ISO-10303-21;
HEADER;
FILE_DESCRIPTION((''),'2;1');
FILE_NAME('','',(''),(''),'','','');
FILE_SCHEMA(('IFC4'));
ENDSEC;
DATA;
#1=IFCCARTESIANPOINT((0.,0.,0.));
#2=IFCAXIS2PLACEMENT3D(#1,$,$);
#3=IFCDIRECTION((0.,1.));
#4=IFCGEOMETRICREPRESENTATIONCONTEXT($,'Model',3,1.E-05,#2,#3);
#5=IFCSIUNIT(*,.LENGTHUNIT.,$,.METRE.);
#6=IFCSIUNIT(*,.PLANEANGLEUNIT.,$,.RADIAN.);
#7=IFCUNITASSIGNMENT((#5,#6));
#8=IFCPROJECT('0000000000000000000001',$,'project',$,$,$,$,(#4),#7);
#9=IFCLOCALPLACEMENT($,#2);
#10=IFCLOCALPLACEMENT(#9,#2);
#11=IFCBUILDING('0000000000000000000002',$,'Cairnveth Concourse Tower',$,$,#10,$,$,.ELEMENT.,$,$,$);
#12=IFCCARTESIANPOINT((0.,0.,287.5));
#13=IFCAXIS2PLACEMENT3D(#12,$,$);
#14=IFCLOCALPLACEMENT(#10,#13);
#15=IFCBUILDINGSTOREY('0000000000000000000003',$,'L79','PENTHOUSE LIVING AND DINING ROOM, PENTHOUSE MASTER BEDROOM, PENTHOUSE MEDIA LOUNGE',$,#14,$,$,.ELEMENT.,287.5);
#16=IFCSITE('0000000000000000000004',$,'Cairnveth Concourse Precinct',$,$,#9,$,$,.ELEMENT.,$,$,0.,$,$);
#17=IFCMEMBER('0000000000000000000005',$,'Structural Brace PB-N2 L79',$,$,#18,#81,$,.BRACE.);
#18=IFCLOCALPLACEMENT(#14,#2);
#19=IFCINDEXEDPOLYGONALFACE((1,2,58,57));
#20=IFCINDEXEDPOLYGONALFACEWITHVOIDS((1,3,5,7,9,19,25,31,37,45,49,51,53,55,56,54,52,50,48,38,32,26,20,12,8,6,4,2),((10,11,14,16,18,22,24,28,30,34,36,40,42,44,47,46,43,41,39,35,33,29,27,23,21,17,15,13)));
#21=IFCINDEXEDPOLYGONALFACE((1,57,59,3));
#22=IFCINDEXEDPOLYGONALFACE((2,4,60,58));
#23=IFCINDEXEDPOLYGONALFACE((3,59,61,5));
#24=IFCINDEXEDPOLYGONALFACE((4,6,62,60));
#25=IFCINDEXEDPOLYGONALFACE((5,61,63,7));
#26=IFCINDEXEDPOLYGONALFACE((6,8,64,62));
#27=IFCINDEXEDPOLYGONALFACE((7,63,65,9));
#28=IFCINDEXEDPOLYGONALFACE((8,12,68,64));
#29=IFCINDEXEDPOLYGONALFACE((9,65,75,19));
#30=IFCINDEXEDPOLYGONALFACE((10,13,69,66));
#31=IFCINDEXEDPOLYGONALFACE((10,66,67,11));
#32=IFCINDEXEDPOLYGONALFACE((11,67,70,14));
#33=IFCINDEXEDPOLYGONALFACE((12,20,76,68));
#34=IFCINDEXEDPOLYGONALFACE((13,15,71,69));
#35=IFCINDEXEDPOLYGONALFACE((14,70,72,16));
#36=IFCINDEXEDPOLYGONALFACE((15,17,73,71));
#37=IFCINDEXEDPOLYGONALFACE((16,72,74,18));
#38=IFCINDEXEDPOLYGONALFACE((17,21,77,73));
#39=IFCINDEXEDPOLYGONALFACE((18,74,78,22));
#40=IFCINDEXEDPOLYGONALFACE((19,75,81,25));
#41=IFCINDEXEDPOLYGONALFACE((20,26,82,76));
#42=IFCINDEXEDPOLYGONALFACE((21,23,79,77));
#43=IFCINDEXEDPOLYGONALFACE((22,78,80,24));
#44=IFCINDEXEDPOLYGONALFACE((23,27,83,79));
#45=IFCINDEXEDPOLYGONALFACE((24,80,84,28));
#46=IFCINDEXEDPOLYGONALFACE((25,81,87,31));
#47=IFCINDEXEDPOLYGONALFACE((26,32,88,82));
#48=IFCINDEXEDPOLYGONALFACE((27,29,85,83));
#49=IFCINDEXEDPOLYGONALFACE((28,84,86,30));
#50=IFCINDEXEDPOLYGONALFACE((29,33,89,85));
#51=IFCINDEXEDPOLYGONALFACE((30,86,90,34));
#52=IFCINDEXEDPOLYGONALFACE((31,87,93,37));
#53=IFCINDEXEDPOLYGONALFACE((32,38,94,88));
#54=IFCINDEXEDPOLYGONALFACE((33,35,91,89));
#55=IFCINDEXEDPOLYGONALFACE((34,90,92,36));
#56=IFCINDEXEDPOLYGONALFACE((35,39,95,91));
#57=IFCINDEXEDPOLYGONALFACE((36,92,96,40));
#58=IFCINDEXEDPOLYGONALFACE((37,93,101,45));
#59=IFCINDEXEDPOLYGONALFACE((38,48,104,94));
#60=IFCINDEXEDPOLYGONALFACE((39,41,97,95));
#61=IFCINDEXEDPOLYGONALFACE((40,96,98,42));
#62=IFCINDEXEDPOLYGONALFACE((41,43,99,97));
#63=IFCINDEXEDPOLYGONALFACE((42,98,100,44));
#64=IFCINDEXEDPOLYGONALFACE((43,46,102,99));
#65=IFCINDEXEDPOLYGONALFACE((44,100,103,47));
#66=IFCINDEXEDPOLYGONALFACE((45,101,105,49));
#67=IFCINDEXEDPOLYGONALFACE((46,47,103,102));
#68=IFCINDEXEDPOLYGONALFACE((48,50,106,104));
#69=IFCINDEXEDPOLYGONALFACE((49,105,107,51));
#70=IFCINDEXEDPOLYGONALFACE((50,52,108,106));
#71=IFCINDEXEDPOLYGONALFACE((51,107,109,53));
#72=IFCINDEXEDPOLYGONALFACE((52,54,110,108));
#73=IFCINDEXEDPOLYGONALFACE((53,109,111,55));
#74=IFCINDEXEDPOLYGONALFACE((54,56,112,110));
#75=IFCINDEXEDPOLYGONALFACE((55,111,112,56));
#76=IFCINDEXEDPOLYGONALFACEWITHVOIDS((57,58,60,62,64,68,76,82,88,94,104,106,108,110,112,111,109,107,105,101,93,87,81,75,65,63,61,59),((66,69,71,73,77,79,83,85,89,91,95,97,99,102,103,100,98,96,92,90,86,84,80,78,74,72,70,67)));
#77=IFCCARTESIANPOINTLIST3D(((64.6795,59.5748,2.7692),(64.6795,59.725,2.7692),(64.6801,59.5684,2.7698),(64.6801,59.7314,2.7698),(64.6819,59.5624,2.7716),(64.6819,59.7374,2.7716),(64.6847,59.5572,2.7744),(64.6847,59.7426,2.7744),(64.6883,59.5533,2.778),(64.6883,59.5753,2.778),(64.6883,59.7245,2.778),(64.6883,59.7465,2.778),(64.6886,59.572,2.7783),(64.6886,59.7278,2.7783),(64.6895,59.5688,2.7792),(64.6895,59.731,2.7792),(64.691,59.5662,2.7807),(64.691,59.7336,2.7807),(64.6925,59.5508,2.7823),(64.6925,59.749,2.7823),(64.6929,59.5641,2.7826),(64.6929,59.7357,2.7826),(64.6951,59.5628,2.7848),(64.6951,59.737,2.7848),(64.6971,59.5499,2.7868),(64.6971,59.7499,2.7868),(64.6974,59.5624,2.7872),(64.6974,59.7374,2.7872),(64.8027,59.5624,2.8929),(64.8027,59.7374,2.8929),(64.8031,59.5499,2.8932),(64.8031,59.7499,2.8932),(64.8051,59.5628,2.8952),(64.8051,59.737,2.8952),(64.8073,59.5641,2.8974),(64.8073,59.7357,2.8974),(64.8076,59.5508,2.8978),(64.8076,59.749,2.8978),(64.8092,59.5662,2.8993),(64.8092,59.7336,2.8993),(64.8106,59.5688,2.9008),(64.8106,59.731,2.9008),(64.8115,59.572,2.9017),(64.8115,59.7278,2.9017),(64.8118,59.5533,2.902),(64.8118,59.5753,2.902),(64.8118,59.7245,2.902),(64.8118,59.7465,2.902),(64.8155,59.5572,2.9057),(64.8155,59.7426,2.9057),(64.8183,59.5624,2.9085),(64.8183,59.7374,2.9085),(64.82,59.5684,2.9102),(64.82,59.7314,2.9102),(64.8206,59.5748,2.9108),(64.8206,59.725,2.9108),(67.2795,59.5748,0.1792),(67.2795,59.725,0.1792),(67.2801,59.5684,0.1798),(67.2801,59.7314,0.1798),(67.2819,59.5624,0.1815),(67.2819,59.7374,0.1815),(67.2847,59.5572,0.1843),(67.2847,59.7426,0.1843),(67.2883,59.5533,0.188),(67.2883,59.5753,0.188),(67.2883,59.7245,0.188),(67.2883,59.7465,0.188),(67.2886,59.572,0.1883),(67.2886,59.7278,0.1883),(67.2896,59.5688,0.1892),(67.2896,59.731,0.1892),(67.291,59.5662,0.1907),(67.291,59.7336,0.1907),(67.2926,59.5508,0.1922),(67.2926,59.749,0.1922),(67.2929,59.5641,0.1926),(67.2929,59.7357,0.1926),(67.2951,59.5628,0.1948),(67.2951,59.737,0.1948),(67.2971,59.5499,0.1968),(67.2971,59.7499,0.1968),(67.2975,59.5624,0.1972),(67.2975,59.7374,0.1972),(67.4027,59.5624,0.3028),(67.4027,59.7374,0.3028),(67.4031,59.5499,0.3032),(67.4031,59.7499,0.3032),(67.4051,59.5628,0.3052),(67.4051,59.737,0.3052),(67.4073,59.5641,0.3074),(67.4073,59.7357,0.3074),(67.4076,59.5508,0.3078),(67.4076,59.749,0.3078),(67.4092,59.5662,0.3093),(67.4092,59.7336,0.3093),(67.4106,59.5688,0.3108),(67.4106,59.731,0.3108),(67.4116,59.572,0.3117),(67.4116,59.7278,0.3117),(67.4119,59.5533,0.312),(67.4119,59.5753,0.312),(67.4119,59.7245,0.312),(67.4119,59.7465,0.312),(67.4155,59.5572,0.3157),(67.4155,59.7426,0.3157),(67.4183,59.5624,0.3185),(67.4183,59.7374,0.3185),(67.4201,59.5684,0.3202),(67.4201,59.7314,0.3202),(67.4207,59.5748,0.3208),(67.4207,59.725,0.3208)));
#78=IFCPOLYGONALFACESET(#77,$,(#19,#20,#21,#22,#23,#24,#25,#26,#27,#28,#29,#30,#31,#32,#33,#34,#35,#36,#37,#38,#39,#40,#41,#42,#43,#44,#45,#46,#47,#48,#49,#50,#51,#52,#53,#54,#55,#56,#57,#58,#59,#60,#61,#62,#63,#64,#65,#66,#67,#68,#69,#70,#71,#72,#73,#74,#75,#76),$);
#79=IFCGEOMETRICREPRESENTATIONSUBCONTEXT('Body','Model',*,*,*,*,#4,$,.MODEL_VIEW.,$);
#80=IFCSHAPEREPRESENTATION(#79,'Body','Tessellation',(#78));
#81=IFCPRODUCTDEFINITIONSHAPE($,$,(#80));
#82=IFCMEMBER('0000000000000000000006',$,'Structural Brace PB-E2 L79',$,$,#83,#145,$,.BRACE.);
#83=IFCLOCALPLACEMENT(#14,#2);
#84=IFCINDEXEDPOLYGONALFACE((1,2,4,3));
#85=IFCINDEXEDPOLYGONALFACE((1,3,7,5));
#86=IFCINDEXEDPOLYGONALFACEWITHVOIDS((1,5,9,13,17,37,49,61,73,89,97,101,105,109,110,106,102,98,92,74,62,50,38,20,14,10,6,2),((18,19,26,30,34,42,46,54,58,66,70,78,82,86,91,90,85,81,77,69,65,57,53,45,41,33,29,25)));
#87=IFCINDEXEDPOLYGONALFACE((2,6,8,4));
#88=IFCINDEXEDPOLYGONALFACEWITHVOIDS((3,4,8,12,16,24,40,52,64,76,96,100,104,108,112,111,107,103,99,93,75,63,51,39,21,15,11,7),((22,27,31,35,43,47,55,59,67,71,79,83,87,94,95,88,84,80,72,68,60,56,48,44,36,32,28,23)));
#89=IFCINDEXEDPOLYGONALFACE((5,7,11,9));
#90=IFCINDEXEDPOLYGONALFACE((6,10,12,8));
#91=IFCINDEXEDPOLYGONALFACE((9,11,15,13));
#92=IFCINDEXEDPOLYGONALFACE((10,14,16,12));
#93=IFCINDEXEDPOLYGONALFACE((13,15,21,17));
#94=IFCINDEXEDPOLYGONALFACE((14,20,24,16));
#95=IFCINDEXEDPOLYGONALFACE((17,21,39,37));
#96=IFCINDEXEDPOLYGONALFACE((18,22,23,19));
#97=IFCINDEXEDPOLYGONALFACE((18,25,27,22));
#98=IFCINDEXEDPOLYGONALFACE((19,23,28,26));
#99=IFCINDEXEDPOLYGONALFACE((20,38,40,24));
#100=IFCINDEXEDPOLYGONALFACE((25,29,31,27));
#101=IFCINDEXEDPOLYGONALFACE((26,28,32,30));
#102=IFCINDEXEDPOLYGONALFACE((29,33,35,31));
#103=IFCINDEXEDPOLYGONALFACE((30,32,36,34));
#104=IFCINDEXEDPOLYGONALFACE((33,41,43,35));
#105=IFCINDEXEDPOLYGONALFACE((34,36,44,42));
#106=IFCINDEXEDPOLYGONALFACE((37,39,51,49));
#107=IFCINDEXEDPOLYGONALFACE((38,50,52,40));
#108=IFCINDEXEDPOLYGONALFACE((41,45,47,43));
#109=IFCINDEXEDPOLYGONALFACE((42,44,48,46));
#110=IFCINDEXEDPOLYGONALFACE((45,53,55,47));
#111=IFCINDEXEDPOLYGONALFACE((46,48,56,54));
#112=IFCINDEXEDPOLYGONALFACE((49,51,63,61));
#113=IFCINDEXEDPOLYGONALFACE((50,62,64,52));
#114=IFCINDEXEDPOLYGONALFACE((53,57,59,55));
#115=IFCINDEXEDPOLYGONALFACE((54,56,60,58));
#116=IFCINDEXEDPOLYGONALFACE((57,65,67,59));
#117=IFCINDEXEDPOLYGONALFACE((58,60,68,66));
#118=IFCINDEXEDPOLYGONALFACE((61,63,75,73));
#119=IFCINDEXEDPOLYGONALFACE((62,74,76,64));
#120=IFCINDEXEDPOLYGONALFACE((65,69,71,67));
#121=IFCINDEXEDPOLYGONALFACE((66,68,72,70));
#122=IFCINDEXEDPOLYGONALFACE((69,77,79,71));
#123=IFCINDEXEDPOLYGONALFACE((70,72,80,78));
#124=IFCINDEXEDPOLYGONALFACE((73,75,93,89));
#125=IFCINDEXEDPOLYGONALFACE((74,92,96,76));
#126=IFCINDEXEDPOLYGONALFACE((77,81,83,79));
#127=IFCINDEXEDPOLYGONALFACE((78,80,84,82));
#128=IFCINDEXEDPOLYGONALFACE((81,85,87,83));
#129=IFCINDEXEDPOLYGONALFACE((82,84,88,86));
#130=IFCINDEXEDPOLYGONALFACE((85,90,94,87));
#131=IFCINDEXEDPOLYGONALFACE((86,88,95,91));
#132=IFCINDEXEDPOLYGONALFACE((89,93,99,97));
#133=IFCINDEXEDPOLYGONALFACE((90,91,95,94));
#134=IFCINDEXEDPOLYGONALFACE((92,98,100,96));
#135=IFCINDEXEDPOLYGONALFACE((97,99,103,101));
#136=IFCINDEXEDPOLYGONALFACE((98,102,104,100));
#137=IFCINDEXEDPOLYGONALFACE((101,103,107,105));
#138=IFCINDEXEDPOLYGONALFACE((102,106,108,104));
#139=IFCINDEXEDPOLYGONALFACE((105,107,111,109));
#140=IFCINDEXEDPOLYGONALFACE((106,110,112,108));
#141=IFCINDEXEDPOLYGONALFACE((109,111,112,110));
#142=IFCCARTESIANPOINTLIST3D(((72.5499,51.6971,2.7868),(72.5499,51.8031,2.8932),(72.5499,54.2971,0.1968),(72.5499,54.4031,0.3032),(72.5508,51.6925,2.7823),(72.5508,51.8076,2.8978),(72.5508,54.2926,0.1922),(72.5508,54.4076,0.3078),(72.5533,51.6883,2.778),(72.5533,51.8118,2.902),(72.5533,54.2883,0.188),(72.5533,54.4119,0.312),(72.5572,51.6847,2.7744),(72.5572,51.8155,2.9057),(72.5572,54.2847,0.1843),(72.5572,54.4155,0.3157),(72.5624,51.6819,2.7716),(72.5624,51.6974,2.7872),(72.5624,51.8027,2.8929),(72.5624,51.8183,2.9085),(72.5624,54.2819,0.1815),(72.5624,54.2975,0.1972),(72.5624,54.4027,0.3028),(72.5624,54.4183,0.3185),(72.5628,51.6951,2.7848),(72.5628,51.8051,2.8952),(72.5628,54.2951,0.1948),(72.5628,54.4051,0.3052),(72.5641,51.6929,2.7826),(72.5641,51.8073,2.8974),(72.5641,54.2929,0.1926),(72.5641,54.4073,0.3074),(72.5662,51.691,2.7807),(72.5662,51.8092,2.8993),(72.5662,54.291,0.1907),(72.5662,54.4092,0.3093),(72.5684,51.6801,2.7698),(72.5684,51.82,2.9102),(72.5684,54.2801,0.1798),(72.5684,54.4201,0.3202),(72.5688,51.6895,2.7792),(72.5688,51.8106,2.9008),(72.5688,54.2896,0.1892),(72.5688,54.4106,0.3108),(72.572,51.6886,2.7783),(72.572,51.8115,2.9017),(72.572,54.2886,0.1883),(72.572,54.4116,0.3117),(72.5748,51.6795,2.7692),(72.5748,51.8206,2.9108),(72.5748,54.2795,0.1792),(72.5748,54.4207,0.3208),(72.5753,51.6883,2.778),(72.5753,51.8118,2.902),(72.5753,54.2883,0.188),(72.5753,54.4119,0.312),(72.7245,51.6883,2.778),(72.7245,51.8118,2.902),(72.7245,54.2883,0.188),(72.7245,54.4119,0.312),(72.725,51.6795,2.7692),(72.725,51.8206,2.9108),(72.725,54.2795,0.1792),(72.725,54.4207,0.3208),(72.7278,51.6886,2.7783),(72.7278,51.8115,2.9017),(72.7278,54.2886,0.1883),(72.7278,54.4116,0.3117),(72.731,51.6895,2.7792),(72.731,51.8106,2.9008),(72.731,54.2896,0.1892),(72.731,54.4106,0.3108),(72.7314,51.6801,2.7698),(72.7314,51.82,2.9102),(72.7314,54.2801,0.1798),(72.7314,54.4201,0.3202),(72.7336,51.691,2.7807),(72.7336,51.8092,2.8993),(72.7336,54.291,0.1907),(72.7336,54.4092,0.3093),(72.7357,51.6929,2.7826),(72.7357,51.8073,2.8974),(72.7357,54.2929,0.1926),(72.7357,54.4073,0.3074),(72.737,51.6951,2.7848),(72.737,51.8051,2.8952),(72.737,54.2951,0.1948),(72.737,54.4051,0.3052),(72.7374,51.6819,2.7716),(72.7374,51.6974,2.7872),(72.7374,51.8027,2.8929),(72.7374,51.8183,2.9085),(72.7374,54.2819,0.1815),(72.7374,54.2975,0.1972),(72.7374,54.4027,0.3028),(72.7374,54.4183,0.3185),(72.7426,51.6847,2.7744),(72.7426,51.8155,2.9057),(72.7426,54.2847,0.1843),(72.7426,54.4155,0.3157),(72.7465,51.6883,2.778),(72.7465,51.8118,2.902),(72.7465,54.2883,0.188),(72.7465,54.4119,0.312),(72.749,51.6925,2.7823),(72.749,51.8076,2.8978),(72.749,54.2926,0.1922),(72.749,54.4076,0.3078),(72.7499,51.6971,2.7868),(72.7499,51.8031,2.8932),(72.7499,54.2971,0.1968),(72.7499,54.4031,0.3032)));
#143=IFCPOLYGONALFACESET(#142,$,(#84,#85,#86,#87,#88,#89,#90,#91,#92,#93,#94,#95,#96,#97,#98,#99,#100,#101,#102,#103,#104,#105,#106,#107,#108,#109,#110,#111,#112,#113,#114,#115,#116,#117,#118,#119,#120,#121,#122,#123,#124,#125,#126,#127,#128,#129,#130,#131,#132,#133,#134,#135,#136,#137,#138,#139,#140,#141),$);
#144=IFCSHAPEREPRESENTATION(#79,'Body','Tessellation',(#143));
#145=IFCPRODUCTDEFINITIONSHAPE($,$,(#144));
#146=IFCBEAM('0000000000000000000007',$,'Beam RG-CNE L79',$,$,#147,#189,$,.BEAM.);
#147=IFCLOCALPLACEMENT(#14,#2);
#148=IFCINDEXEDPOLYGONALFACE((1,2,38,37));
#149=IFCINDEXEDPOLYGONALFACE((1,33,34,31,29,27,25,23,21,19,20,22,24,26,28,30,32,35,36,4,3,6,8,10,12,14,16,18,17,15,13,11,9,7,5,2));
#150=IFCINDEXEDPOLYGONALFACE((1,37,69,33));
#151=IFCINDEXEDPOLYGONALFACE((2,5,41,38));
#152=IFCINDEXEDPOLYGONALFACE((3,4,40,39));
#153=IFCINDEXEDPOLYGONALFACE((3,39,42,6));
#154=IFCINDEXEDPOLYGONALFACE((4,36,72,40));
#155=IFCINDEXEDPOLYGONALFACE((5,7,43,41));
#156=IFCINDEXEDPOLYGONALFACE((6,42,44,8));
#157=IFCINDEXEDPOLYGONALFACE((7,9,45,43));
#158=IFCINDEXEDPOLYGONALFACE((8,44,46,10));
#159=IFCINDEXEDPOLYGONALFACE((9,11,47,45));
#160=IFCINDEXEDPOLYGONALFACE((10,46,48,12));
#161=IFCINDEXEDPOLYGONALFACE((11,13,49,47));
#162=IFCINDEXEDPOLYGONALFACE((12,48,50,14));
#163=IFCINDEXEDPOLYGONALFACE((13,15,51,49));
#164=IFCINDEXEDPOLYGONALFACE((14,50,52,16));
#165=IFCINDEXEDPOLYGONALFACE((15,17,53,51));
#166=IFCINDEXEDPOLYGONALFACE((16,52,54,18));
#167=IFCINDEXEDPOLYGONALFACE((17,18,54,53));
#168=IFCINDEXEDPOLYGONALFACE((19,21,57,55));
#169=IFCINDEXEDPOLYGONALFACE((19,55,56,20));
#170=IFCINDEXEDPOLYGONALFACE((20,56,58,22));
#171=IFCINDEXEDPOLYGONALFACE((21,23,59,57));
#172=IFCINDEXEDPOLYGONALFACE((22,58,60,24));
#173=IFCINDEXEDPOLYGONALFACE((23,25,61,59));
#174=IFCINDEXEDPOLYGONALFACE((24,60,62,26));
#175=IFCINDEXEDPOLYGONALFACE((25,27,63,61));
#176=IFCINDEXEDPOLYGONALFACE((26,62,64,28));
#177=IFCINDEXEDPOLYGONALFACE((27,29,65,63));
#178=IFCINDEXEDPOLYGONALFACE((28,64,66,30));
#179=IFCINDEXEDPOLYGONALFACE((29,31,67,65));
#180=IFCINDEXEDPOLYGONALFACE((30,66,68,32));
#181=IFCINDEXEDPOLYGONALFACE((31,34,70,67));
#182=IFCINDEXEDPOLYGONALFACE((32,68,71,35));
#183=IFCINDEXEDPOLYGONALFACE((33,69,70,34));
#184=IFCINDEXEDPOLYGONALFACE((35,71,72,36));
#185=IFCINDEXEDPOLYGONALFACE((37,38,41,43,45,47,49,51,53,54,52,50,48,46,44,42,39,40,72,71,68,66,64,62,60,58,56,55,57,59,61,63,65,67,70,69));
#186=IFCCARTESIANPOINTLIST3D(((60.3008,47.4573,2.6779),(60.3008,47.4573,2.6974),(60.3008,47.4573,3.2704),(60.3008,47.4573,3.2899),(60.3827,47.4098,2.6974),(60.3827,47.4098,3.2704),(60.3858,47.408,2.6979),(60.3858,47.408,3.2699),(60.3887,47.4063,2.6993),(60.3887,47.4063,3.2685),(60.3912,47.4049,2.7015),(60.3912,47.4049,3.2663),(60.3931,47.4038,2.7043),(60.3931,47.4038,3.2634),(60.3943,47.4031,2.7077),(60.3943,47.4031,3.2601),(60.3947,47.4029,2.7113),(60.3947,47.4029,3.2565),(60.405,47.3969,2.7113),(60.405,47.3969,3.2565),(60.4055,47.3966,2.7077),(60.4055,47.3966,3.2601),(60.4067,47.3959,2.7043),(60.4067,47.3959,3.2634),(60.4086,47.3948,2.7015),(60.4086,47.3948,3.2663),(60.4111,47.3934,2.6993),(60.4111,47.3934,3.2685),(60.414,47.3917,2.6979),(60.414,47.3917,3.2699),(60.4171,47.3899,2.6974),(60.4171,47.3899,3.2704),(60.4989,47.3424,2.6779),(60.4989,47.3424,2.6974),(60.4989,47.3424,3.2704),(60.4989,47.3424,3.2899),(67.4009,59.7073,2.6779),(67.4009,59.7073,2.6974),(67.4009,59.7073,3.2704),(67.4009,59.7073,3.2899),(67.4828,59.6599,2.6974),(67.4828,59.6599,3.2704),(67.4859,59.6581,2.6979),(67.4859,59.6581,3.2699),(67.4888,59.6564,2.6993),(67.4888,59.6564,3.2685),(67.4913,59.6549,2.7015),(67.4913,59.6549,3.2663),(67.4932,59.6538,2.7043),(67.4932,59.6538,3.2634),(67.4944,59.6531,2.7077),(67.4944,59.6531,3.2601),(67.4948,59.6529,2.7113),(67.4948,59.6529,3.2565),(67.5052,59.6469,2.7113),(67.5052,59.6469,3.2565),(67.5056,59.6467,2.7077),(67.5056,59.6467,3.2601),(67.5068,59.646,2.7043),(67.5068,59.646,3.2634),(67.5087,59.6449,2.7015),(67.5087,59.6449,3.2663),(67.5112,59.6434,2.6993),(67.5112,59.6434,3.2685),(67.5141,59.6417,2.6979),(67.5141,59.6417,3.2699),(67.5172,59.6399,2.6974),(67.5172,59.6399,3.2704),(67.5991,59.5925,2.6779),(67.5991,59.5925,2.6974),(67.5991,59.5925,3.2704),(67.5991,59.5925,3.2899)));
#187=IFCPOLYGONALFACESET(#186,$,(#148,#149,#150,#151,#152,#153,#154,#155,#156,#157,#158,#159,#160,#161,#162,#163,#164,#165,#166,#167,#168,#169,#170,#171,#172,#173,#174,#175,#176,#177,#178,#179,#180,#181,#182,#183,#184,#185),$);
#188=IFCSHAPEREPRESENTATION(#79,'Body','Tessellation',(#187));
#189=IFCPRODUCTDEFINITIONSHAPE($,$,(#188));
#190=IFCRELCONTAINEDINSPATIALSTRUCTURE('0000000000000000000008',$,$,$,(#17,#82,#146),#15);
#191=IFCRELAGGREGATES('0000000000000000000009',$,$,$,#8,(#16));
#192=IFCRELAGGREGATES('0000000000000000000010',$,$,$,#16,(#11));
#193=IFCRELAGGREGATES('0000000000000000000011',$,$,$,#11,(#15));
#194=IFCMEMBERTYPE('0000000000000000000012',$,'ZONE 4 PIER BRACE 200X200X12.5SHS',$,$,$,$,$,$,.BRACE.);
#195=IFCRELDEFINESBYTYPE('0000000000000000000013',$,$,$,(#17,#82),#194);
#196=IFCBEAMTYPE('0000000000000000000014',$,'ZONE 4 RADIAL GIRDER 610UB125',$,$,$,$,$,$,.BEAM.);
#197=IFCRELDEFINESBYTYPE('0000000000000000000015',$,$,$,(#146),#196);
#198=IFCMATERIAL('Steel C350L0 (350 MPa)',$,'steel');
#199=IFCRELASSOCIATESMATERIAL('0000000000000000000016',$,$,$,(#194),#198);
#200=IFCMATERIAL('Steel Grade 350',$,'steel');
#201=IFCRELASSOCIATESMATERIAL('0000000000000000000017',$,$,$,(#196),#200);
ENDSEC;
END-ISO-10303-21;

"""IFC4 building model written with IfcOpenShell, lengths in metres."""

from ifc_helpers import new_model, si_unit, direction, frame, origin, origin_2d, place, context, subcontext, project, spatial, hollow_rectangle, i_section, extrude, material, material_profile, profile_set, type_object, element, save


model = new_model("IFC4")

# Units and contexts
model_context = context("Model", 3, precision=1e-05, world=origin(), true_north=direction((0.0, 1.0)))
body_context = subcontext(model_context, "Body", "Model", "MODEL_VIEW")
ifc_project = project(units=[si_unit("LENGTHUNIT", "METRE"), si_unit("PLANEANGLEUNIT", "RADIAN")], contexts=[model_context])

# Site, building, storey
site_placement = place(None, origin())
site = spatial("IfcSite", under=ifc_project, at=site_placement, Name="Cairnveth Concourse Precinct", CompositionType="ELEMENT", RefElevation=0.0)
building_placement = place(site_placement, origin())
building = spatial("IfcBuilding", under=site, at=building_placement, Name="Cairnveth Concourse Tower", CompositionType="ELEMENT")
storey_placement = place(building_placement, frame((0.0, 0.0, 287.5)))
storey = spatial("IfcBuildingStorey", under=building, at=storey_placement, Name="L79", Description="PENTHOUSE LIVING AND DINING ROOM, PENTHOUSE MASTER BEDROOM, PENTHOUSE MEDIA LOUNGE", CompositionType="ELEMENT", Elevation=287.5)

# Shared definitions
ifc_material_1 = material(Name="Steel Grade 350", Category="steel")

# Members
ifc_material_2 = material(Name="Steel C350L0 (350 MPa)", Category="steel")
ifc_material_profile_1 = material_profile(ifc_material_2, hollow_rectangle(XDim=0.2, YDim=0.2, WallThickness=0.0125, InnerFilletRadius=0.0129, OuterFilletRadius=0.0249, at=origin_2d()), Name="200x200x12.5SHS")
ifc_profile_set_1 = profile_set([ifc_material_profile_1], Name="Steel C350L0 (350 MPa)")
member_type = type_object("IfcMemberType", Name="ZONE 4 PIER BRACE 200X200X12.5SHS", PredefinedType="BRACE", material=ifc_profile_set_1)
for number, where, z_axis, x_axis, name in (
    (1, (67.3501, 59.6499, 0.25), (-0.708469, 0.0, 0.705742), (0.0, -1.0, 0.0), "Structural Brace PB-N2 L79"),
    (2, (72.6499, 54.3501, 0.25), (0.0, -0.708469, 0.705742), (1.0, 0.0, 0.0), "Structural Brace PB-E2 L79"),
):
    element("IfcMember", number, at=place(storey_placement, frame(where, z_axis=z_axis, x_axis=x_axis)), inside=storey, type_object=member_type, Name=name, PredefinedType="BRACE", context=body_context, shape_type="SweptSolid", body=[
        extrude(hollow_rectangle(XDim=0.2, YDim=0.2, WallThickness=0.0125, InnerFilletRadius=0.0129, OuterFilletRadius=0.0249, at=origin_2d()), origin(), (0.0, 0.0, 1.0), 3.6699),
    ])

# Beam
ifc_material_profile_2 = material_profile(ifc_material_1, i_section(OverallWidth=0.229, OverallDepth=0.6121, WebThickness=0.012, FlangeThickness=0.0195, FilletRadius=0.0139, at=origin_2d()), Name="610UB125")
ifc_profile_set_2 = profile_set([ifc_material_profile_2], Name="Steel Grade 350")
beam_type_1 = type_object("IfcBeamType", Name="ZONE 4 RADIAL GIRDER 610UB125", PredefinedType="BEAM", material=ifc_profile_set_2)
beam_1_placement = place(storey_placement, frame((67.5, 59.6499, 2.9839), z_axis=(-0.501459, -0.865181, 0.0), x_axis=(0.865181, -0.501459, 0.0)))
element("IfcBeam", 3, at=beam_1_placement, inside=storey, type_object=beam_type_1, Name="Beam RG-CNE L79", PredefinedType="BEAM", context=body_context, shape_type="SweptSolid", body=[
    extrude(i_section(OverallWidth=0.229, OverallDepth=0.6121, WebThickness=0.012, FlangeThickness=0.0195, FilletRadius=0.0139, at=origin_2d()), origin(), (0.0, 0.0, 1.0), 14.1589),
])

save(model, "model.ifc")
